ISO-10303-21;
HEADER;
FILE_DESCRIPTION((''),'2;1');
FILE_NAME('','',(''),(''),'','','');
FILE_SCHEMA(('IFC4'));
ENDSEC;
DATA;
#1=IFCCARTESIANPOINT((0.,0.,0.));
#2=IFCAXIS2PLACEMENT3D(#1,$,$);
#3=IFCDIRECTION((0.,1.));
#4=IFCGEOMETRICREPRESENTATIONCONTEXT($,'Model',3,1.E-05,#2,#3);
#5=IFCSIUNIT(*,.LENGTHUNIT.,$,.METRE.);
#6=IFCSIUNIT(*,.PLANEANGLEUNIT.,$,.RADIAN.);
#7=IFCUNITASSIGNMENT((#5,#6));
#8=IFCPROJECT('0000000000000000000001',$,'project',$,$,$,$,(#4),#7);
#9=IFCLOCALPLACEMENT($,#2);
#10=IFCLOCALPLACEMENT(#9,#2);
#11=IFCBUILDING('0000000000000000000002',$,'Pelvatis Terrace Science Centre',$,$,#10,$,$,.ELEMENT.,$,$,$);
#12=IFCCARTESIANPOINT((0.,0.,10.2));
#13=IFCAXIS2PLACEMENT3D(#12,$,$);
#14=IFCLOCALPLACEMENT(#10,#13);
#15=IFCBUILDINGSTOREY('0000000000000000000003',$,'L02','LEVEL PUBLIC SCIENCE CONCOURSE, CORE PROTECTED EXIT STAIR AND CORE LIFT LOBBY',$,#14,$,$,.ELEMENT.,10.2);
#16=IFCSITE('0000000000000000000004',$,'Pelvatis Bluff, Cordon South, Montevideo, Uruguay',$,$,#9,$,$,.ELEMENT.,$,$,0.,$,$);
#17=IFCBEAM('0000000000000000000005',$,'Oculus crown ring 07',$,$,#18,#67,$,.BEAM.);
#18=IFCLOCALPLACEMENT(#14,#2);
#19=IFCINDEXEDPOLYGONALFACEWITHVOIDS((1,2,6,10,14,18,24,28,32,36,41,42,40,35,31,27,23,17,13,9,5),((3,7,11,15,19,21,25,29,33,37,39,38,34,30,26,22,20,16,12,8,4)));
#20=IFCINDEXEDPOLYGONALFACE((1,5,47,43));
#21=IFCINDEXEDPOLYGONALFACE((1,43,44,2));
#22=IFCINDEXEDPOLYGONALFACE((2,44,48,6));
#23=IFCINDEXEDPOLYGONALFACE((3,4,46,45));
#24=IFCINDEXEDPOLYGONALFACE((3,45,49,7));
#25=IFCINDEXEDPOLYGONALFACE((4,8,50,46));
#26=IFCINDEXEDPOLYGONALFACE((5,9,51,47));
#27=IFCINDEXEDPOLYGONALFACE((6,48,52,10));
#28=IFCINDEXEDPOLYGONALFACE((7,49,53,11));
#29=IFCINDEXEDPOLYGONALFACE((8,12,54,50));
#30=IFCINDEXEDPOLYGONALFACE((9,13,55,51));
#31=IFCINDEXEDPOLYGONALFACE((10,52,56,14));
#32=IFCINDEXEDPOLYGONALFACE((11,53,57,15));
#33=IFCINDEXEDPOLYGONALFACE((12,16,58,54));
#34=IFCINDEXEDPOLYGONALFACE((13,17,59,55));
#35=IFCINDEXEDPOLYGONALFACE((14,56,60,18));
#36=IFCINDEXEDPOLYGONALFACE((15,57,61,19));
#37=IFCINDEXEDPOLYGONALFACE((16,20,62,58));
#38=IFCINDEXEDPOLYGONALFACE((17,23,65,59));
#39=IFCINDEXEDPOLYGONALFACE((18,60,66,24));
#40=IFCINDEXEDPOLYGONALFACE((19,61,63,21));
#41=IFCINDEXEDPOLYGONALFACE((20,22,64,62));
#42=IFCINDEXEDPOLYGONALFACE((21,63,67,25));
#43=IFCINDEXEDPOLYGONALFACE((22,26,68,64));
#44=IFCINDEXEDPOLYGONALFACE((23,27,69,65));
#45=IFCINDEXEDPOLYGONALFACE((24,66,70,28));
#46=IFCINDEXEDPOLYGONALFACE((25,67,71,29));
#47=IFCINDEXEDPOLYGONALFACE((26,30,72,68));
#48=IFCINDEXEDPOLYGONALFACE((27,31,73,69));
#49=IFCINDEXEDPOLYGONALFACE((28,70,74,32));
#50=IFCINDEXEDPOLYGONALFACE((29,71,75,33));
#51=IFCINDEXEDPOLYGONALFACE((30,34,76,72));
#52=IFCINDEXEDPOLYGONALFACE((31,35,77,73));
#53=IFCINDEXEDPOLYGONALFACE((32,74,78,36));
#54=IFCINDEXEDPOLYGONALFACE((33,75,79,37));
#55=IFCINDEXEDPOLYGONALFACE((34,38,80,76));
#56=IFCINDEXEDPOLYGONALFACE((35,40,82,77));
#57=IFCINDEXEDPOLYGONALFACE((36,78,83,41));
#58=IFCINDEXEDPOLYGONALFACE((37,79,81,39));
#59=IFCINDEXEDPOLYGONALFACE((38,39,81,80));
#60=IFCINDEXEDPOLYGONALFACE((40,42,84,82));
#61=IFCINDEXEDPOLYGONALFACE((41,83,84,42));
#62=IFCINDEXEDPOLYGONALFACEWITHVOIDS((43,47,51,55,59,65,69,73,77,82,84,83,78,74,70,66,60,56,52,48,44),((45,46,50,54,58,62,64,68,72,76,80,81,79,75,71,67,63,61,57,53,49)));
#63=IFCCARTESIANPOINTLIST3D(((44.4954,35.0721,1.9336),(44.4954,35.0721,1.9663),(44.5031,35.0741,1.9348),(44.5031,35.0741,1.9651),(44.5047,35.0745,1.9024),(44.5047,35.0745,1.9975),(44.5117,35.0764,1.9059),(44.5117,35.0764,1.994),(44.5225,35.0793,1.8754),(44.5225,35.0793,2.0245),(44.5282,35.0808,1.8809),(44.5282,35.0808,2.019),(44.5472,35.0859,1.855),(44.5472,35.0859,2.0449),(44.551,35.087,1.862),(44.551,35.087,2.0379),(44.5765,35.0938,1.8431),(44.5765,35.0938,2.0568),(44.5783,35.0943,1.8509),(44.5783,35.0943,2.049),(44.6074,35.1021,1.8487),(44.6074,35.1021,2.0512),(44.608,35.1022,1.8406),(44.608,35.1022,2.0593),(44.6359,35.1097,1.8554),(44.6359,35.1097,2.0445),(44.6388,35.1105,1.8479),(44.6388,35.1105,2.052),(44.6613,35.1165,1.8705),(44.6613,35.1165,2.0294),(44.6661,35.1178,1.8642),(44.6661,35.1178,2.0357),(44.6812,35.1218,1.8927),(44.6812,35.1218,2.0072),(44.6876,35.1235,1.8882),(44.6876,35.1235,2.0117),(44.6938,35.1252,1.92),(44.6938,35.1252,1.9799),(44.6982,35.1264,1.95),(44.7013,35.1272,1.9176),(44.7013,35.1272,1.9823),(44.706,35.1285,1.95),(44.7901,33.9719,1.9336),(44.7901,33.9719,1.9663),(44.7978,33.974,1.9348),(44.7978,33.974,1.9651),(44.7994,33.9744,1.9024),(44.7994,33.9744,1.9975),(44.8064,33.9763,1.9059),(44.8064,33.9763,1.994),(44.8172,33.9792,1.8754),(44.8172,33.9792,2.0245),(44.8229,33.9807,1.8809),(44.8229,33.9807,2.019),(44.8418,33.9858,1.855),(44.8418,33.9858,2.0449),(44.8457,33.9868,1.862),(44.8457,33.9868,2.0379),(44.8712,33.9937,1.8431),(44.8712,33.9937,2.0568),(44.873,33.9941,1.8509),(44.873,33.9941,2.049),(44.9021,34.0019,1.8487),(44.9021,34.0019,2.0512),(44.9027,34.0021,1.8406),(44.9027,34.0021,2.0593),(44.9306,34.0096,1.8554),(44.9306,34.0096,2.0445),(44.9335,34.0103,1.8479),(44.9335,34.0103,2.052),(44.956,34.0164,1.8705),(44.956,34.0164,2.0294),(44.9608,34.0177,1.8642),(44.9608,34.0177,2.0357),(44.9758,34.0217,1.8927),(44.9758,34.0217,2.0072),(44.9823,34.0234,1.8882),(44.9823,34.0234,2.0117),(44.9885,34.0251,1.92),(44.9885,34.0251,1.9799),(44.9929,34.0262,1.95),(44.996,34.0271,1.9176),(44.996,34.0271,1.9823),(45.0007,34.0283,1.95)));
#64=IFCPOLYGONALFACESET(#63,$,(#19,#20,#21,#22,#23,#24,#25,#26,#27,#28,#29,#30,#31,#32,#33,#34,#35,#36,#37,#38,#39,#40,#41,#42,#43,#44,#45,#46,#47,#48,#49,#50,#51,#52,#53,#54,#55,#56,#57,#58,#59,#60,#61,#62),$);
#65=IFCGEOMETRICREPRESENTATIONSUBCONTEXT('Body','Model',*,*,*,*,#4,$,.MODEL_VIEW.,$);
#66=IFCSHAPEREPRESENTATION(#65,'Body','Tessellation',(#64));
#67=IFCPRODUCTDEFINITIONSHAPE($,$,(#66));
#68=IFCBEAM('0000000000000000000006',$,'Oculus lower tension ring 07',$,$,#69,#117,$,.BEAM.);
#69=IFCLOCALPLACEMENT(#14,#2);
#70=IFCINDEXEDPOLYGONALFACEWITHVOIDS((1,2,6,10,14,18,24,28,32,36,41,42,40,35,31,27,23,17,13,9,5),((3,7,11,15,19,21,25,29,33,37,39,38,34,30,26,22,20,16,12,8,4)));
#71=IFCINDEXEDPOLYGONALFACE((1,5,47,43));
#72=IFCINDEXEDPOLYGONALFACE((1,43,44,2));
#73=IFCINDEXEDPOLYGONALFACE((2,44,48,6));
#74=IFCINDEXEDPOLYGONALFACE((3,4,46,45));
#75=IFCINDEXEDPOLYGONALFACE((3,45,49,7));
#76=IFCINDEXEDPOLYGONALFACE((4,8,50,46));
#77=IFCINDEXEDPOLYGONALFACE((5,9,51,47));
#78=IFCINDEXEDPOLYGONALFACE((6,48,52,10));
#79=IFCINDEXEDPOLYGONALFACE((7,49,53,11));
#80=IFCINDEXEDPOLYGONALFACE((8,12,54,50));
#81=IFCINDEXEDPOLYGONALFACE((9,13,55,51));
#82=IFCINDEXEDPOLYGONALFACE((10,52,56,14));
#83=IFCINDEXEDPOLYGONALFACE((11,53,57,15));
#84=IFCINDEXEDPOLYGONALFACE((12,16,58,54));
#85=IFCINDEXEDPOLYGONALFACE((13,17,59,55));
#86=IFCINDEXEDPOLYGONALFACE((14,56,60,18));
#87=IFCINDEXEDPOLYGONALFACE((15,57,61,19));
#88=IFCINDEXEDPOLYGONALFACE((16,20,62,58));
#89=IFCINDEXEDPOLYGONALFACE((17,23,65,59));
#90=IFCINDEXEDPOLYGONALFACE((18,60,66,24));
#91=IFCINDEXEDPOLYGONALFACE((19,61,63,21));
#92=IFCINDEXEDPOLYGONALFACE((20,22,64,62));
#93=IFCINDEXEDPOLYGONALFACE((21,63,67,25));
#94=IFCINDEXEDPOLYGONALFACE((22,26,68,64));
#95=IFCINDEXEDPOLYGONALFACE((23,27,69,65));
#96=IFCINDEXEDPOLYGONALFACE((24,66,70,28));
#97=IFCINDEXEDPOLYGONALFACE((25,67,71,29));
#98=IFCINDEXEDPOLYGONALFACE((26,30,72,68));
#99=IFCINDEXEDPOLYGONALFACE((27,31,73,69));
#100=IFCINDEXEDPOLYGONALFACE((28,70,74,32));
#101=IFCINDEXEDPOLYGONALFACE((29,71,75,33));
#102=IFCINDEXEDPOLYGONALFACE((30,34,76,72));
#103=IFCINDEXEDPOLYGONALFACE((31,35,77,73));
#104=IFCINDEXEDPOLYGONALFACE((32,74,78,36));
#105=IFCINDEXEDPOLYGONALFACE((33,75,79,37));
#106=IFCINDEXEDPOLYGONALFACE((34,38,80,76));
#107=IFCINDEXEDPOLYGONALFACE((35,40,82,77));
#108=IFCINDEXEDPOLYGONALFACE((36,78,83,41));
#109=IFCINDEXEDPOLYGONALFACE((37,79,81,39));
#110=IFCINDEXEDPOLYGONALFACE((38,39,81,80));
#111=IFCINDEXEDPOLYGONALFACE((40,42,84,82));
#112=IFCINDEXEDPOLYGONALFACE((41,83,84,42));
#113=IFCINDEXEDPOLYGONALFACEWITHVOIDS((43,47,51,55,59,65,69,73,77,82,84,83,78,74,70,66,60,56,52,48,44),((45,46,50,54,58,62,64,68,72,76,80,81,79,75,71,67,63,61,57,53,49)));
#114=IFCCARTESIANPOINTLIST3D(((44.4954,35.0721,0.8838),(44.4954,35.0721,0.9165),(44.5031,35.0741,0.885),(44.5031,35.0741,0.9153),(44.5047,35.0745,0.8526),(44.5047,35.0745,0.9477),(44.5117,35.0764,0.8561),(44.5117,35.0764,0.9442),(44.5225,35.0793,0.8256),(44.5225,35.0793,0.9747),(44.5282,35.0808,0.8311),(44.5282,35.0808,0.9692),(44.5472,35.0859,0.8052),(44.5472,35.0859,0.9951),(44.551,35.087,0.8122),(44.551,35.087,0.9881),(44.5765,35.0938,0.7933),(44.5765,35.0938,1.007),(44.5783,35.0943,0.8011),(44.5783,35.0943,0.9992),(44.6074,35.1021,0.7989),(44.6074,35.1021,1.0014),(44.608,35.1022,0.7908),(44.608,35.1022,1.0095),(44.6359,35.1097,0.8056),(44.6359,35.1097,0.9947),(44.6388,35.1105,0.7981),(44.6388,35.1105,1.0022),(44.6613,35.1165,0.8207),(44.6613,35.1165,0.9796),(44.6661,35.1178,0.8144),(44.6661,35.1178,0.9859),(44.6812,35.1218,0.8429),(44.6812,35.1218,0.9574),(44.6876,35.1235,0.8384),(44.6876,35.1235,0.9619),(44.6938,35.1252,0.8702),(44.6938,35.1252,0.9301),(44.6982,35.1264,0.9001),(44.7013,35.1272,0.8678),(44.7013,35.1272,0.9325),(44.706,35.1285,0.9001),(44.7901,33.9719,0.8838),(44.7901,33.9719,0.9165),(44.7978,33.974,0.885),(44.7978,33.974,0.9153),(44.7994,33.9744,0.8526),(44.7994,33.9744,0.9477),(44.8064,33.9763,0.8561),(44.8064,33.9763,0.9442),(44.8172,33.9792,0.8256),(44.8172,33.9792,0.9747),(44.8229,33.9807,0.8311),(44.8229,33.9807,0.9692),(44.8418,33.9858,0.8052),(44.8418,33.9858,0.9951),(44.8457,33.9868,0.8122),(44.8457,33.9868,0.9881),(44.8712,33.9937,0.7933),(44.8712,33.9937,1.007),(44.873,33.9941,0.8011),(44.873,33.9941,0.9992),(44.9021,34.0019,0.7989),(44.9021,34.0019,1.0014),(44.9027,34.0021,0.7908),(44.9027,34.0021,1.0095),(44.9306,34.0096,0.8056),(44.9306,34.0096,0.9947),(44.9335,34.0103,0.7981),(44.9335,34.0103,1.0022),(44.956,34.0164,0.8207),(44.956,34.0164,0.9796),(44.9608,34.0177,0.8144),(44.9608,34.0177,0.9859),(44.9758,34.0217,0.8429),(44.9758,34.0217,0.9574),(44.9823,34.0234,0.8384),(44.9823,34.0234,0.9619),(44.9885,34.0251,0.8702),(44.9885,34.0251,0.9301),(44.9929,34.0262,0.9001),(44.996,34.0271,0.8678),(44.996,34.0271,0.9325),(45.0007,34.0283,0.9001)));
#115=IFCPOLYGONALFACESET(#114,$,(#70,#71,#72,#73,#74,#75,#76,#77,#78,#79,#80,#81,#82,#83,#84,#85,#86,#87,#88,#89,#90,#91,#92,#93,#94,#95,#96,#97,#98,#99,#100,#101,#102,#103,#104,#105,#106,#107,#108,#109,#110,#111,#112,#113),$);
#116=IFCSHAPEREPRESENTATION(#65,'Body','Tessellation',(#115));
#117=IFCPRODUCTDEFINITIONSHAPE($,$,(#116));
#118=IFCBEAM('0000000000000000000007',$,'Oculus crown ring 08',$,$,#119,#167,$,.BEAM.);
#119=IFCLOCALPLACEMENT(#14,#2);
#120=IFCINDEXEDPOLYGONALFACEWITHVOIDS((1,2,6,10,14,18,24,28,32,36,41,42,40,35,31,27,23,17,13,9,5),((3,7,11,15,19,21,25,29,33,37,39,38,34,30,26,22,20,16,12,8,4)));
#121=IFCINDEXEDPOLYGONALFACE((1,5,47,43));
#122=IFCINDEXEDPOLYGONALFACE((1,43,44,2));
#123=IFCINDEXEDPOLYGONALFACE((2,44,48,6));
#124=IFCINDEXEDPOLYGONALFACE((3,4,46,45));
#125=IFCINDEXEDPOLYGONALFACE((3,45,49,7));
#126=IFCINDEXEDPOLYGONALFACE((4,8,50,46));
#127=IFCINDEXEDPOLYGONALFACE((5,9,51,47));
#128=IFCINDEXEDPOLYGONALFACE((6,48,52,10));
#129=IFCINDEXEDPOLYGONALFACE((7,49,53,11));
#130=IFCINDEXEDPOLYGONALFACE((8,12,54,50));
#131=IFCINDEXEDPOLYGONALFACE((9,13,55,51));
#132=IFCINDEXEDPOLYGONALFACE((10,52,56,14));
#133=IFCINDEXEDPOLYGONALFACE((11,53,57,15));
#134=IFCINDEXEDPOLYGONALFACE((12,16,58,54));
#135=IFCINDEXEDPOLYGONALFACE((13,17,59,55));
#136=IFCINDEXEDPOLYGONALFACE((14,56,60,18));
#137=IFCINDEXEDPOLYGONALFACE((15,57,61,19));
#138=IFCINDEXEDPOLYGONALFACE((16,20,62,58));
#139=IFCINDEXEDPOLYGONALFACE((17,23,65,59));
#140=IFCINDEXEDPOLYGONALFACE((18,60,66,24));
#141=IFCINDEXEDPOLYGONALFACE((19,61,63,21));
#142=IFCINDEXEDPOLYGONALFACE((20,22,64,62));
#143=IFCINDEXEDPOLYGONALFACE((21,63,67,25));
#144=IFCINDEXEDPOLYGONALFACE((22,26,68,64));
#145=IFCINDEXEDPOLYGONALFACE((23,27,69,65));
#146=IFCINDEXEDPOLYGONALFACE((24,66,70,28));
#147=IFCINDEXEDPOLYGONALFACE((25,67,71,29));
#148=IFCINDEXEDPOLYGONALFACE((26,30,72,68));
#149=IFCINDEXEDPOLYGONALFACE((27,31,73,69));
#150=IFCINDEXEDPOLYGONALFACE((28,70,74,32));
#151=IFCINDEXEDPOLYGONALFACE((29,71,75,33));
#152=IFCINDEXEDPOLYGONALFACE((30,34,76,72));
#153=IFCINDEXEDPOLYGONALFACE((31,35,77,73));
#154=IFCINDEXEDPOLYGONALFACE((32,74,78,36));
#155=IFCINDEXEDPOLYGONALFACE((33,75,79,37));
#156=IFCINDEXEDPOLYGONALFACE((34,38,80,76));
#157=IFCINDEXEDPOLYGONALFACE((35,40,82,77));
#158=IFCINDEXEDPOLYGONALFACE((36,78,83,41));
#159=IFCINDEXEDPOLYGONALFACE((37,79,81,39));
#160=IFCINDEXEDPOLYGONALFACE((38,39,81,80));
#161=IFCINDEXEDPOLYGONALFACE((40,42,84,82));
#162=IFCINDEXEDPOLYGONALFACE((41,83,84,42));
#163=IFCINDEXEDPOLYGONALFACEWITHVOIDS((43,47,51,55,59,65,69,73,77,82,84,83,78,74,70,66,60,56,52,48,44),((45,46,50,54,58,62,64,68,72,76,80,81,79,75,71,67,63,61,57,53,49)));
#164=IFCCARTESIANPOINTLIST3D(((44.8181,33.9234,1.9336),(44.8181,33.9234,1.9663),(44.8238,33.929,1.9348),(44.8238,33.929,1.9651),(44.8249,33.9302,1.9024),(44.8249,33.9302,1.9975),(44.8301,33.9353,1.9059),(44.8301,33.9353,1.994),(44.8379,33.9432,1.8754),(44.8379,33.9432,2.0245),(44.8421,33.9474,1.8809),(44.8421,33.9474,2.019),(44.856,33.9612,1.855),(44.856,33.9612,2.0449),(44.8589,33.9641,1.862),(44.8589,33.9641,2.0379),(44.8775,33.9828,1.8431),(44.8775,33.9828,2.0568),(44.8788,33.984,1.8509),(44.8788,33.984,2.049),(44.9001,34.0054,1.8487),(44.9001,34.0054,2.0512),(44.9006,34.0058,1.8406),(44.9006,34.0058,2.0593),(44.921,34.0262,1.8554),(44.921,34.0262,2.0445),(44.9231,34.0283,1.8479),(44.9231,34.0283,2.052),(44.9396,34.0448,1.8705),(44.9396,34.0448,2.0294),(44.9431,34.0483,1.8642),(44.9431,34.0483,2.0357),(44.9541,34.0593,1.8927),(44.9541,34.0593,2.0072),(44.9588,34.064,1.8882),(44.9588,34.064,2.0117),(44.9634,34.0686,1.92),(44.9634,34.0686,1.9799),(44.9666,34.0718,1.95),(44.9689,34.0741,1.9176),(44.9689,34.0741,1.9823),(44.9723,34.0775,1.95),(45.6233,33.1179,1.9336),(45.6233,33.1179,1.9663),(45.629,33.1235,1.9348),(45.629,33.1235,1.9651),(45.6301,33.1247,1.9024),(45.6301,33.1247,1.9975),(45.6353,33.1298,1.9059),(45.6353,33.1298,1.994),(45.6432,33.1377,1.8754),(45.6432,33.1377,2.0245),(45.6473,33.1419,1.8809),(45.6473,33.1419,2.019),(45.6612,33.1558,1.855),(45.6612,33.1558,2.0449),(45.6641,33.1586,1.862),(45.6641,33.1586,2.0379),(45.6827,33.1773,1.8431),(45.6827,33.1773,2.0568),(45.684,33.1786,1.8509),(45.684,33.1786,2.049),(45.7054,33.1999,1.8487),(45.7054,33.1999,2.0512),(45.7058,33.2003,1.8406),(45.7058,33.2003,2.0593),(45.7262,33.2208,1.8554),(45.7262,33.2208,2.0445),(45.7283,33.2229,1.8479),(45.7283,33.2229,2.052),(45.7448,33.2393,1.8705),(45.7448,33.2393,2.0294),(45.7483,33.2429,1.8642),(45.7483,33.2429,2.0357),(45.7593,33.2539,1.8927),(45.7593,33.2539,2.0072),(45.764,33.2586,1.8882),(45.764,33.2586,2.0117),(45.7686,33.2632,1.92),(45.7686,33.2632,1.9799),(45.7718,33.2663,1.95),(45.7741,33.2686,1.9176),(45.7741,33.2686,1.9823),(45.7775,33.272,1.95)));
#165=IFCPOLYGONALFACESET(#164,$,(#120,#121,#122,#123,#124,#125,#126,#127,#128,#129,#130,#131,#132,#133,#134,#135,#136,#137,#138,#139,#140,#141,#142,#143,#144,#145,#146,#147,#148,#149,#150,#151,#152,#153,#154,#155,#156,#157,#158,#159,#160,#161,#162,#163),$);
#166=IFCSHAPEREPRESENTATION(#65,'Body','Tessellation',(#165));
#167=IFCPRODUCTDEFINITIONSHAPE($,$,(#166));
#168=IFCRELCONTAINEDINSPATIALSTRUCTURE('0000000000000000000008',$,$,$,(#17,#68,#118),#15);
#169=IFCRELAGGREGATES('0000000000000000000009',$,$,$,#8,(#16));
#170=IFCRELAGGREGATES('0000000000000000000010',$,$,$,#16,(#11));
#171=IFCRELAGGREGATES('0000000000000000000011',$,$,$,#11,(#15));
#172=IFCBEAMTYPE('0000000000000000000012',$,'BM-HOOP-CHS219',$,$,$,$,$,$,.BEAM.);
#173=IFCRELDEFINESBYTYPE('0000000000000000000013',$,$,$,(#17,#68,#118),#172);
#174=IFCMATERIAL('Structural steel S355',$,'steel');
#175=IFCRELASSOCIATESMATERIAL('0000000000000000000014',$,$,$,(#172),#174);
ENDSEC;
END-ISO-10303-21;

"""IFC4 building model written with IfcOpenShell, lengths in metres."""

from ifc_helpers import new_model, si_unit, direction, frame, origin, origin_2d, place, context, subcontext, project, spatial, hollow_circle, extrude, material, material_profile, profile_set, type_object, element, save


model = new_model("IFC4")

# Units and contexts
model_context = context("Model", 3, precision=1e-05, world=origin(), true_north=direction((0.0, 1.0)))
body_context = subcontext(model_context, "Body", "Model", "MODEL_VIEW")
ifc_project = project(units=[si_unit("LENGTHUNIT", "METRE"), si_unit("PLANEANGLEUNIT", "RADIAN")], contexts=[model_context])

# Site, building, storey
site_placement = place(None, origin())
site = spatial("IfcSite", under=ifc_project, at=site_placement, Name="Pelvatis Bluff, Cordon South, Montevideo, Uruguay", CompositionType="ELEMENT", RefElevation=0.0)
building_placement = place(site_placement, origin())
building = spatial("IfcBuilding", under=site, at=building_placement, Name="Pelvatis Terrace Science Centre", CompositionType="ELEMENT")
storey_placement = place(building_placement, frame((0.0, 0.0, 10.2)))
storey = spatial("IfcBuildingStorey", under=building, at=storey_placement, Name="L02", Description="LEVEL PUBLIC SCIENCE CONCOURSE, CORE PROTECTED EXIT STAIR AND CORE LIFT LOBBY", CompositionType="ELEMENT", Elevation=10.2)

# Beams
ifc_material_1 = material(Name="Structural steel S355", Category="steel")
ifc_material_profile_1 = material_profile(ifc_material_1, hollow_circle(Radius=0.1096, WallThickness=0.0081, at=origin_2d()), Name="CHS 219.1x8.0")
ifc_profile_set_1 = profile_set([ifc_material_profile_1], Name="Structural steel S355")
beam_type_1 = type_object("IfcBeamType", Name="BM-HOOP-CHS219", PredefinedType="BEAM", material=ifc_profile_set_1)
for number, where, z_axis, x_axis, name in (
    (1, (44.6001, 35.1001, 1.95), (0.258743, -0.965946, 0.0), (0.965946, 0.258743, 0.0), "Oculus crown ring 07"),
    (2, (44.6001, 35.1001, 0.9001), (0.258743, -0.965946, 0.0), (0.965946, 0.258743, 0.0), "Oculus lower tension ring 07"),
    (3, (44.8948, 34.0, 1.95), (0.707, -0.707214, 0.0), (0.707214, 0.707, 0.0), "Oculus crown ring 08"),
):
    element("IfcBeam", number, at=place(storey_placement, frame(where, z_axis=z_axis, x_axis=x_axis)), inside=storey, type_object=beam_type_1, Name=name, PredefinedType="BEAM", context=body_context, shape_type="SweptSolid", body=[
        extrude(hollow_circle(Radius=0.1096, WallThickness=0.0081, at=origin_2d()), origin(), (0.0, 0.0, 1.0), 1.1389),
    ])

save(model, "model.ifc")
